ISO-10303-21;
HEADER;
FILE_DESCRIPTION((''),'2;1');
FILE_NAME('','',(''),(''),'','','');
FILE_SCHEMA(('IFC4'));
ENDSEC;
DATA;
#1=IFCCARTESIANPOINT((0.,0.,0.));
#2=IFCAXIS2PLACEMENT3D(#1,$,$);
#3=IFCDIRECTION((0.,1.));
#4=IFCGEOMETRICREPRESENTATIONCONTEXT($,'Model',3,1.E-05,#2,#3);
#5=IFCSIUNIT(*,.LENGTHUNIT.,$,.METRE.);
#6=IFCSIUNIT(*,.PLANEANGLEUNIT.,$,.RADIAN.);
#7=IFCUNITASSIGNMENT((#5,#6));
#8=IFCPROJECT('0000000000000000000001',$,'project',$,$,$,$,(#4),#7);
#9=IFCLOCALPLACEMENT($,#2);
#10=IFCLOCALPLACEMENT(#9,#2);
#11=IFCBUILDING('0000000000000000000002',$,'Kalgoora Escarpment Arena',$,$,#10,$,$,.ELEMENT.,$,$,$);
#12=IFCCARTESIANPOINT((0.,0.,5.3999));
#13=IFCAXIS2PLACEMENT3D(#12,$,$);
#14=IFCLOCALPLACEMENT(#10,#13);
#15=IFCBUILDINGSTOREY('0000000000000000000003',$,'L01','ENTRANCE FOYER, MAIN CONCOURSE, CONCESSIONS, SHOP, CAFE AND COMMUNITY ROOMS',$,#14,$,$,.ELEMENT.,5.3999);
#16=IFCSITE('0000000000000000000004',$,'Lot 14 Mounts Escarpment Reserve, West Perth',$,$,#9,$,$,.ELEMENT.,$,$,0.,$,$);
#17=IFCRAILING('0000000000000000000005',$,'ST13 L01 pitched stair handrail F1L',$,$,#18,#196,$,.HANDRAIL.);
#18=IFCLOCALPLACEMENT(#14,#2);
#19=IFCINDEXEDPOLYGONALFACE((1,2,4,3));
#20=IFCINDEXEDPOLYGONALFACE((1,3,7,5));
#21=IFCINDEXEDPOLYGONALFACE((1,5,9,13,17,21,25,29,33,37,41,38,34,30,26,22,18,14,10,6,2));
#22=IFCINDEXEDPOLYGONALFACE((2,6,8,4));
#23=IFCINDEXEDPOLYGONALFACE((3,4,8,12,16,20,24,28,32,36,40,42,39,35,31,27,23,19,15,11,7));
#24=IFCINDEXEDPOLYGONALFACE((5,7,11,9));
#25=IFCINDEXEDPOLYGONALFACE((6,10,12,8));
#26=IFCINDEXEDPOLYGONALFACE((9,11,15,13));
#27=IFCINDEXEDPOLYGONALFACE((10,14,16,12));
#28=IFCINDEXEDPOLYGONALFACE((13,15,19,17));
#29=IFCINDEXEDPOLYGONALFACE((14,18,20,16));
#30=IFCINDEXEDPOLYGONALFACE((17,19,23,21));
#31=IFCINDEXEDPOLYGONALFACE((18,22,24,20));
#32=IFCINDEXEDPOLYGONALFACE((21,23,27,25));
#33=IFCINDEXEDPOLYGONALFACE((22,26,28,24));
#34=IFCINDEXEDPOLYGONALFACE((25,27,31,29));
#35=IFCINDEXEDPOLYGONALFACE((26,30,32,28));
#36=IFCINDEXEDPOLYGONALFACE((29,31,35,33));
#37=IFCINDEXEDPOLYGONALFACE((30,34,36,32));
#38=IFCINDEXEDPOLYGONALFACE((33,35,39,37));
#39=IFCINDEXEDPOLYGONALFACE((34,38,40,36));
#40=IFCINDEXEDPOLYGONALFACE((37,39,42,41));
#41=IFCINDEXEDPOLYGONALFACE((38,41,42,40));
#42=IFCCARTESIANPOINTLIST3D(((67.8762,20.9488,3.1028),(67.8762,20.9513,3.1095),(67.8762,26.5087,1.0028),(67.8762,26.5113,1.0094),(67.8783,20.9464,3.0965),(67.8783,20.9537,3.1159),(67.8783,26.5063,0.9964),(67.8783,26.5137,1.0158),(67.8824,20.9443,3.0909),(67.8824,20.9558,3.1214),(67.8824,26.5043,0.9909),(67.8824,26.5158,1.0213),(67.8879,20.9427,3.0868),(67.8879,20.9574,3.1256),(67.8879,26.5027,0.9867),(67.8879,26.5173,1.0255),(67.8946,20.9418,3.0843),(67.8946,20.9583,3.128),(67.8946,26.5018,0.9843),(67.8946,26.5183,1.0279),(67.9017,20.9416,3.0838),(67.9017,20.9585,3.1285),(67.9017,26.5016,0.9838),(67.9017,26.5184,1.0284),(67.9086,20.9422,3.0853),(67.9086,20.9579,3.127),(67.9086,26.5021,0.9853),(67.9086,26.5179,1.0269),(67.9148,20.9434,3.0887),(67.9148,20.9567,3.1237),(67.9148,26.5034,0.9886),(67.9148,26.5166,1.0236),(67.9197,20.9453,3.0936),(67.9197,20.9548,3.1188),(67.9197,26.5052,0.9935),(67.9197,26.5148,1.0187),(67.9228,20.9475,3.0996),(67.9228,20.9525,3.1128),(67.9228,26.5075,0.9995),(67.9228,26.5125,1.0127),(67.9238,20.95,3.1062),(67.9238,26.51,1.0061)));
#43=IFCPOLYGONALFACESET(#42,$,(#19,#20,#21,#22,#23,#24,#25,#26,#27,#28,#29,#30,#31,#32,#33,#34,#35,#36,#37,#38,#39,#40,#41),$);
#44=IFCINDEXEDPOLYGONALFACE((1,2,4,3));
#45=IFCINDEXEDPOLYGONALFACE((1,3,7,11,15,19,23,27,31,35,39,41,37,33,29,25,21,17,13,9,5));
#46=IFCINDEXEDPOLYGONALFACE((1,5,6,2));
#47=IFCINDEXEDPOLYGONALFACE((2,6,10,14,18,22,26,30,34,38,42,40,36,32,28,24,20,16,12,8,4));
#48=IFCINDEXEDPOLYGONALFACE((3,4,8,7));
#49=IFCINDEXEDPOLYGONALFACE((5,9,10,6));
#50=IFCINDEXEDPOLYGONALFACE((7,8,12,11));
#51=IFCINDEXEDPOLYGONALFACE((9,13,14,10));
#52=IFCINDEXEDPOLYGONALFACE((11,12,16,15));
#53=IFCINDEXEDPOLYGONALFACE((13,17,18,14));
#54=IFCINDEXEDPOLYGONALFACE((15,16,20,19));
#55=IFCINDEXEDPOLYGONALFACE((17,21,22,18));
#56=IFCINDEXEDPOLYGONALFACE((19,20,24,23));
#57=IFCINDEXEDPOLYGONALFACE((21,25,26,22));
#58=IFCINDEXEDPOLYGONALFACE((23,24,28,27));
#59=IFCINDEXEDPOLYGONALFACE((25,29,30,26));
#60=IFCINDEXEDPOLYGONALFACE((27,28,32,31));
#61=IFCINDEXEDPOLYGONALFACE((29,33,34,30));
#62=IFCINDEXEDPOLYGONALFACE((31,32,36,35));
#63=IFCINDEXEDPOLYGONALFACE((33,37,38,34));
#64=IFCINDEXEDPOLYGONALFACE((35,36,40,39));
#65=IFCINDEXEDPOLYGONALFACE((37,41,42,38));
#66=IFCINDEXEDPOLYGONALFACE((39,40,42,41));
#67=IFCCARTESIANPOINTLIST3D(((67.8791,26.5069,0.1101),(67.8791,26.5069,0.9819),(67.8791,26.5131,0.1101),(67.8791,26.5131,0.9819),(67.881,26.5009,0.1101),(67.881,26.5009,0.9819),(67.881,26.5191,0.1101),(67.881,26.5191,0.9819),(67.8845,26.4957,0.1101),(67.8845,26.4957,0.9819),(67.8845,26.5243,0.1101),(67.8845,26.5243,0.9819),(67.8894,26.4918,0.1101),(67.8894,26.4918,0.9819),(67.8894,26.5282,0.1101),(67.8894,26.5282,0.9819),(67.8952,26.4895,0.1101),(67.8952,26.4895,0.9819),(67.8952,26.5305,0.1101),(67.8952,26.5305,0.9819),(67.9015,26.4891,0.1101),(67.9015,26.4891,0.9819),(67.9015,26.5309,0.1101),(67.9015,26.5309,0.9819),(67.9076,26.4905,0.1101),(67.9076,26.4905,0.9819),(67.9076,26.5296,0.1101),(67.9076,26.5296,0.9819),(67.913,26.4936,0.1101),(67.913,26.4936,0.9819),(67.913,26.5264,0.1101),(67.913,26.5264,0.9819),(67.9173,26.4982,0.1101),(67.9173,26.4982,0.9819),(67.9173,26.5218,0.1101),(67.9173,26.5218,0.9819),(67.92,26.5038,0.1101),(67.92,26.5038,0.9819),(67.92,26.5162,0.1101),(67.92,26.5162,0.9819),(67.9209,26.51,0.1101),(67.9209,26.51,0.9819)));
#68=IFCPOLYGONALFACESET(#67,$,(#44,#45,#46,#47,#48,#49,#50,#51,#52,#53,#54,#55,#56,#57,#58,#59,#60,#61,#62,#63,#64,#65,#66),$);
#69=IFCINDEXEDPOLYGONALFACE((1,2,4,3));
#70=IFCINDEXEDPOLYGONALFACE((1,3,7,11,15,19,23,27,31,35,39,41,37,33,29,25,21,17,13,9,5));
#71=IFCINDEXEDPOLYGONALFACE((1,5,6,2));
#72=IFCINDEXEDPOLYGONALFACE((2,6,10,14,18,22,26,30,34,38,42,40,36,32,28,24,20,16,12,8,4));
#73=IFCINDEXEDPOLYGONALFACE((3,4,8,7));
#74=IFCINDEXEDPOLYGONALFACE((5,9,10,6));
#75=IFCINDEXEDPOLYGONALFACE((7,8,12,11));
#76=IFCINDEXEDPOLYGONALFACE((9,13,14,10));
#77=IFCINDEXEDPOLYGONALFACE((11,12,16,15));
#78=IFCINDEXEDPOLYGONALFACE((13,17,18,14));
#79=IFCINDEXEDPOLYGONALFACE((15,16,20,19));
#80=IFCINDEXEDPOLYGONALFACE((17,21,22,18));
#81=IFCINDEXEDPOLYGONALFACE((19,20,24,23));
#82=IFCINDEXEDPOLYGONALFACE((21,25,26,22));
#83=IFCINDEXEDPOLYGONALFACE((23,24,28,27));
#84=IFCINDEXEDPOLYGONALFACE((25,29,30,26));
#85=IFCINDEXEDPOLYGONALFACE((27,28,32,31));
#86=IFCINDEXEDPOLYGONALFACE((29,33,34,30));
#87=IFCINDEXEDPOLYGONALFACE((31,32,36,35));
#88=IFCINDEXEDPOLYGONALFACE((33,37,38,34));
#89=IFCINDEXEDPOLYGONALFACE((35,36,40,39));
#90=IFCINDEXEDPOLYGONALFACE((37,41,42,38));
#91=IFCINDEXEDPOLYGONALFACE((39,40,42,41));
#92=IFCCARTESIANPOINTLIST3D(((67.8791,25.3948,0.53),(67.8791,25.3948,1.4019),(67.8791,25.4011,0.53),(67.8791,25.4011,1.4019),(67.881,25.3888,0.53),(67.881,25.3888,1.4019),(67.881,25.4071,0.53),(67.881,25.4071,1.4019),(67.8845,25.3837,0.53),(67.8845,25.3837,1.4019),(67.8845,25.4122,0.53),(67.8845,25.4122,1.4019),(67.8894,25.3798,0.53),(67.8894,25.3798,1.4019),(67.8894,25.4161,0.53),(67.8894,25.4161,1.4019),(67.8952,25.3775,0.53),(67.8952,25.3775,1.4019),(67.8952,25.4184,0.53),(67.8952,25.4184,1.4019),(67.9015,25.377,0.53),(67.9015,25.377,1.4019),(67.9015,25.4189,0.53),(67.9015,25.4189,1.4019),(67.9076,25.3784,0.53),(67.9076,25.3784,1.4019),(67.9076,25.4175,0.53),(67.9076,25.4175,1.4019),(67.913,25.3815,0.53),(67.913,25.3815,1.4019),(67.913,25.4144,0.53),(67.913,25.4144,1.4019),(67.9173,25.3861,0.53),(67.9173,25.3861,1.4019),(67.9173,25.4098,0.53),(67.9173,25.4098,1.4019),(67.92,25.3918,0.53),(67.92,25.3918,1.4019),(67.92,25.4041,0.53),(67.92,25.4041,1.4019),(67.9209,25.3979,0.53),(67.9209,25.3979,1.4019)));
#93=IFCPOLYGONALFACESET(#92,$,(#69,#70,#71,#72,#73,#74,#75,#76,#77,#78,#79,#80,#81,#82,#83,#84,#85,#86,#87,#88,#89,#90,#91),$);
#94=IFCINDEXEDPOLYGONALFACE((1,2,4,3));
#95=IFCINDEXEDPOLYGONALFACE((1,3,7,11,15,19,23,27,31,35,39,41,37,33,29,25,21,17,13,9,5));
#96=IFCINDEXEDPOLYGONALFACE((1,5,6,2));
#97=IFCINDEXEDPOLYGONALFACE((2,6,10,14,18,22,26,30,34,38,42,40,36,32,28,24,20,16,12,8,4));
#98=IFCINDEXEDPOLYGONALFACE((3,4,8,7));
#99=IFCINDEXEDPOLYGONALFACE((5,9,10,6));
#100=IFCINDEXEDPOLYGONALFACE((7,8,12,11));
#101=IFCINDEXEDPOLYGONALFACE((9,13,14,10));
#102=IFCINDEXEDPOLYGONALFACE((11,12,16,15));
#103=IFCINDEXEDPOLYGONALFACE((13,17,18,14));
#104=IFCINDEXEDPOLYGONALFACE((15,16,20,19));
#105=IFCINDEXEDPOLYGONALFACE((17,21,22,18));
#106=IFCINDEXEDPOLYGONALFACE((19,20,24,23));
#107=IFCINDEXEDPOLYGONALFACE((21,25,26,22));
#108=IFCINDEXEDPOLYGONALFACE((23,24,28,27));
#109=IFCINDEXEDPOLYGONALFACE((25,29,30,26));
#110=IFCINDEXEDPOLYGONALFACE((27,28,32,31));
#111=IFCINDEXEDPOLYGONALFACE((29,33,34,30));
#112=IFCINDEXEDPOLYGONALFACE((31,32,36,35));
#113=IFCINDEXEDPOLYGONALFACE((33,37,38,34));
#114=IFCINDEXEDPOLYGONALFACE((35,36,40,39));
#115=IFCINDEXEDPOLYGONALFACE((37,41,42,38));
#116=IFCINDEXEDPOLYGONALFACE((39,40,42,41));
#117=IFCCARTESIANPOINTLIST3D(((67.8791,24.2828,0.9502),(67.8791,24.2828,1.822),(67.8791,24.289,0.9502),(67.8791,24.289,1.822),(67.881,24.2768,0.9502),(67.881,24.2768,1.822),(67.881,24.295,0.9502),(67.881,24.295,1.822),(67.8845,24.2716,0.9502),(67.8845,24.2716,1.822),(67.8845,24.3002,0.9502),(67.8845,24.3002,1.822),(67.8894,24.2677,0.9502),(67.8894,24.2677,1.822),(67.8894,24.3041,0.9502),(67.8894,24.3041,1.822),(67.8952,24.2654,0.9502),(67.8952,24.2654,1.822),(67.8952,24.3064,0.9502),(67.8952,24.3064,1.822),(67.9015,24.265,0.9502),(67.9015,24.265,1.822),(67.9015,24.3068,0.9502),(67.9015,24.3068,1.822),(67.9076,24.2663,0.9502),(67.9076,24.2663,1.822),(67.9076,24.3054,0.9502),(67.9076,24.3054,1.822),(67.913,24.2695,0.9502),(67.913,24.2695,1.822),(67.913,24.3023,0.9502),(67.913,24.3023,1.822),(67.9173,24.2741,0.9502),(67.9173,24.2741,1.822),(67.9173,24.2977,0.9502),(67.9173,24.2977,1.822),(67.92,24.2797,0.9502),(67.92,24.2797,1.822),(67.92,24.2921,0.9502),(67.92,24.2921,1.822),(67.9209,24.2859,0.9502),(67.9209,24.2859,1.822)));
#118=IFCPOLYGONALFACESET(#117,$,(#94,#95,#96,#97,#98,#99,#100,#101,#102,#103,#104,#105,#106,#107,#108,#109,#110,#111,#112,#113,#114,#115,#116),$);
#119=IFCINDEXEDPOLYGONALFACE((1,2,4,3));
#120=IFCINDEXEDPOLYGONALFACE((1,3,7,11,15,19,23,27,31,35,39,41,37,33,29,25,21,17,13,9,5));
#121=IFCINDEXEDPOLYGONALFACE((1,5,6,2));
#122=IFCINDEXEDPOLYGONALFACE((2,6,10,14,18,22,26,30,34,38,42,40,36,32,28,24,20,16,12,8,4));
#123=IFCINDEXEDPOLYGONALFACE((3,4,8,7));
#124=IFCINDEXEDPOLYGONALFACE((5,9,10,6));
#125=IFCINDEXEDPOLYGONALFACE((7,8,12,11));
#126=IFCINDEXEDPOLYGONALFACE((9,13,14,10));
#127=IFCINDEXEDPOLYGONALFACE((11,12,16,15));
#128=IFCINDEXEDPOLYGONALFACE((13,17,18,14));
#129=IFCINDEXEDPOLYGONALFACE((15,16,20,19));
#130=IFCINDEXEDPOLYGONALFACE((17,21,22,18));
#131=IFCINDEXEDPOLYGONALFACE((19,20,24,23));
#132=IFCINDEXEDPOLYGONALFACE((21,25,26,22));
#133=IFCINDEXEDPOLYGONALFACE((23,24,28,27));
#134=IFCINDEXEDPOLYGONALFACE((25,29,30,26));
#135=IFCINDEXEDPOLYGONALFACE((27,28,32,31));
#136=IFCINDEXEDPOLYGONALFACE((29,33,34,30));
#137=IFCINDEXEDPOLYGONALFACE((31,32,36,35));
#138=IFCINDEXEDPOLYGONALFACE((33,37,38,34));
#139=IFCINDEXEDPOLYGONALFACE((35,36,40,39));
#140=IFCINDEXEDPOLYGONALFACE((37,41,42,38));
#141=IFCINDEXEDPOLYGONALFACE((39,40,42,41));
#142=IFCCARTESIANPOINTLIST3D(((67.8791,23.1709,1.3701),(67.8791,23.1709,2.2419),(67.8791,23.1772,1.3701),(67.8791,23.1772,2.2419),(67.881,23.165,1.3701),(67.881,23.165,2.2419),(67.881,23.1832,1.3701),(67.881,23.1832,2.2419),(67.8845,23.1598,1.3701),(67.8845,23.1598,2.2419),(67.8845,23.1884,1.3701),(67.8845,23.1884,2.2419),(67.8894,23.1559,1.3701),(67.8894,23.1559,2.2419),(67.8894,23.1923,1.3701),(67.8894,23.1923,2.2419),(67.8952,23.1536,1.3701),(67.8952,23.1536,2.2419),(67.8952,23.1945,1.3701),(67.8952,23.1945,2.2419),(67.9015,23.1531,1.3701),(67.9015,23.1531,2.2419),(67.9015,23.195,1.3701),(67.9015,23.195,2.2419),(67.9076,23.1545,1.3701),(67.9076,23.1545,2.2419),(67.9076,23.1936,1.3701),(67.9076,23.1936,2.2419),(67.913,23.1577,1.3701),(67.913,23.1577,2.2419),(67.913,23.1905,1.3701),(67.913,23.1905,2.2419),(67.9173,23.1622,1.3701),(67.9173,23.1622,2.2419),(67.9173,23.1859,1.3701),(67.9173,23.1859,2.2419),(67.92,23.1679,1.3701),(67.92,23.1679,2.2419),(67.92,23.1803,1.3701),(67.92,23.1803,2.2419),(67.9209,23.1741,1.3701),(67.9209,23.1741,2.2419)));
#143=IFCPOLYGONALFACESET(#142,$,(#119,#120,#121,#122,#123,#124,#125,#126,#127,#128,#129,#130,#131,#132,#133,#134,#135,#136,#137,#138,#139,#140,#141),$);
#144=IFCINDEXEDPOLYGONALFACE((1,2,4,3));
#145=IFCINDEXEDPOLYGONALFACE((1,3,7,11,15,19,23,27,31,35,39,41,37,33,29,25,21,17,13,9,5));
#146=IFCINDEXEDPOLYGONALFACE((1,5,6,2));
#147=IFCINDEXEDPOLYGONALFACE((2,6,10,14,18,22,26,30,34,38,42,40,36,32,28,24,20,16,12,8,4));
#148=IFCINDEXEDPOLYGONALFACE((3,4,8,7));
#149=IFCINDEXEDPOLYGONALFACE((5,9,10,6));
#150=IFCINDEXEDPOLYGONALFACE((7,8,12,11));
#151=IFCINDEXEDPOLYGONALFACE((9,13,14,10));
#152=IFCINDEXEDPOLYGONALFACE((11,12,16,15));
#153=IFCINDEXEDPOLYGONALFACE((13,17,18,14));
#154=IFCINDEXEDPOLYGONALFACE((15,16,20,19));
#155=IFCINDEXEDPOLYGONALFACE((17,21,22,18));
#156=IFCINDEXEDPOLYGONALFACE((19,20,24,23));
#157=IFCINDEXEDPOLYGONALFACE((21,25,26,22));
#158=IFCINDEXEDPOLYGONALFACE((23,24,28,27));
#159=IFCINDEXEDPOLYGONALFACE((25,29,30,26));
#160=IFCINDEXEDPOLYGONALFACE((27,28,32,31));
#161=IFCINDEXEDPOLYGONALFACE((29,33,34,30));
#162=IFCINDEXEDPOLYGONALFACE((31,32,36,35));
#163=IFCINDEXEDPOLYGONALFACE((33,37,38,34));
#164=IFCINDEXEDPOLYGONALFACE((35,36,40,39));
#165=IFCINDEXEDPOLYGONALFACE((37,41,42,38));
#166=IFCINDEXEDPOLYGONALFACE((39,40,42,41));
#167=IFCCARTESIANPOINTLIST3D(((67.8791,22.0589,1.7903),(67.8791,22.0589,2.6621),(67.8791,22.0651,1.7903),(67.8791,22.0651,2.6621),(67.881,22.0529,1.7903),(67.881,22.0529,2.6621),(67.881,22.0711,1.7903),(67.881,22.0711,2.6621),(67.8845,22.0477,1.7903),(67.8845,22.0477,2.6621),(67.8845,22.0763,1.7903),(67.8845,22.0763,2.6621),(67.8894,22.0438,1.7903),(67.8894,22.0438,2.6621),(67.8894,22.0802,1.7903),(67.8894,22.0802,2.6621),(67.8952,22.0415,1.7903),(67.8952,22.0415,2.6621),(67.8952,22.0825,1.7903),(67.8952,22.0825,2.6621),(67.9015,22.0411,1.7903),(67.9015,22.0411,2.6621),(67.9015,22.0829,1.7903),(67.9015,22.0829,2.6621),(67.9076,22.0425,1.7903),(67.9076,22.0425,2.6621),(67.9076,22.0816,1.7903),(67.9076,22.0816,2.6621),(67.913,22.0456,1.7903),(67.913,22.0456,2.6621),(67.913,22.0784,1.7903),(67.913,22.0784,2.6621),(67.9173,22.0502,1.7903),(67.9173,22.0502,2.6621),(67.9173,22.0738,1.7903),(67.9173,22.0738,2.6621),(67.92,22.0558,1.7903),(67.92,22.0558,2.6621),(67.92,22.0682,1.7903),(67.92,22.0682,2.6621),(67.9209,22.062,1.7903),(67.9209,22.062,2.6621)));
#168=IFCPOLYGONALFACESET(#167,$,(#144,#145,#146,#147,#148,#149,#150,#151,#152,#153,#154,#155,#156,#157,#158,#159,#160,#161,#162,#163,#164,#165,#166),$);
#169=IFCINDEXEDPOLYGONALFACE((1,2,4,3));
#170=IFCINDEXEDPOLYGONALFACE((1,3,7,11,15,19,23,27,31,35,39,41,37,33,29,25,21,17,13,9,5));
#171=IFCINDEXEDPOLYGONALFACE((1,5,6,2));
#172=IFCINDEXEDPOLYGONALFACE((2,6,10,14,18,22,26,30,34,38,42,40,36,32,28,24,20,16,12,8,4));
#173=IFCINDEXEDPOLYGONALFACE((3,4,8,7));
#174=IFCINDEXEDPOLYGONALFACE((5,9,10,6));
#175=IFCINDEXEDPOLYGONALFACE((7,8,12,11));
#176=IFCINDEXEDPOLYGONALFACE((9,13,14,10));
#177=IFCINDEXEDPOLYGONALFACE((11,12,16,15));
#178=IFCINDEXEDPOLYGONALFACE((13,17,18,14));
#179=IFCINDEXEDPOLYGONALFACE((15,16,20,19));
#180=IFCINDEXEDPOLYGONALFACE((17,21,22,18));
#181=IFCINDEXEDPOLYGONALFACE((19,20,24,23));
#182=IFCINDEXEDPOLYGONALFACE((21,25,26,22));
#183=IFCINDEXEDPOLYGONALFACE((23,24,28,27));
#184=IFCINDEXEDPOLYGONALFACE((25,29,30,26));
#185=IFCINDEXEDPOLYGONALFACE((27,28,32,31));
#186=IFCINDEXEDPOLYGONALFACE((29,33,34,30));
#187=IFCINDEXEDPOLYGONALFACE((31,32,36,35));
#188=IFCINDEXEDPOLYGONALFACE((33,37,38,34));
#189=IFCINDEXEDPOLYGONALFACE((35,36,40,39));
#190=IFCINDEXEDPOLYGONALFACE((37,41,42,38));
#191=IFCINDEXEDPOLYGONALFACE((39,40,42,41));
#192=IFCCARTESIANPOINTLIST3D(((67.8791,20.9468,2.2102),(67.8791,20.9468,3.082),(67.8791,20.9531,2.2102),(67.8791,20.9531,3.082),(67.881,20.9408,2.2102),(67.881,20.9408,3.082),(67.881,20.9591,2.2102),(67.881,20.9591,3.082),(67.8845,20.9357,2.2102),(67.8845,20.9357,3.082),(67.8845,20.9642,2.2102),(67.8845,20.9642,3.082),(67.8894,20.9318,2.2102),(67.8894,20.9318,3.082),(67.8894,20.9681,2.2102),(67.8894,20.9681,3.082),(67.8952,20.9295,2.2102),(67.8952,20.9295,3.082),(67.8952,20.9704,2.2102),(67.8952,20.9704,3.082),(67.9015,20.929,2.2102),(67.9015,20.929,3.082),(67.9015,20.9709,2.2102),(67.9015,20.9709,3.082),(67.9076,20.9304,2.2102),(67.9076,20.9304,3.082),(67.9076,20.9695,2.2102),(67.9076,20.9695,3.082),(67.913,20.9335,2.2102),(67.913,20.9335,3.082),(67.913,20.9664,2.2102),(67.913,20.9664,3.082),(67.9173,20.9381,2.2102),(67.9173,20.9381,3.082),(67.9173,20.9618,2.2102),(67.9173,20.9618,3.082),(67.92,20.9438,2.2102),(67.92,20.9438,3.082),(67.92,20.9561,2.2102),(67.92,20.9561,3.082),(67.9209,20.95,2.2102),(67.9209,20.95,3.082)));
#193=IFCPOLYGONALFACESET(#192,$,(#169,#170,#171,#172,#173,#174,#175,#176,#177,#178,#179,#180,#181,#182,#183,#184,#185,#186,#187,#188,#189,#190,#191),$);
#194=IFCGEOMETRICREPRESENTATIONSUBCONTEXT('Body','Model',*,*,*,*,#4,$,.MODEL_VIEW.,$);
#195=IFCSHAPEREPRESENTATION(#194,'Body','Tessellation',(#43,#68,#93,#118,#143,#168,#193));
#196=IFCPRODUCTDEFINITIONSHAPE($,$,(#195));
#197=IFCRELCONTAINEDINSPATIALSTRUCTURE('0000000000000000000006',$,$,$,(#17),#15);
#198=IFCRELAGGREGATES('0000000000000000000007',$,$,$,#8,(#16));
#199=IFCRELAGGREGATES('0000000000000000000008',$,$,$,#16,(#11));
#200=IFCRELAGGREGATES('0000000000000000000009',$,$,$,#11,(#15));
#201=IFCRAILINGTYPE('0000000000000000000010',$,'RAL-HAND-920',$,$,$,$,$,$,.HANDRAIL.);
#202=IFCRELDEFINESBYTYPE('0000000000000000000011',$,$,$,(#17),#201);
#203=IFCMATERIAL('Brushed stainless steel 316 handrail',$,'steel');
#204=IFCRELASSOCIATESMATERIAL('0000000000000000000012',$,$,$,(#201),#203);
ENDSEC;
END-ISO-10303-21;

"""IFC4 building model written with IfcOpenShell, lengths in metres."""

from ifc_helpers import new_model, si_unit, direction, frame, origin, origin_2d, place, context, subcontext, project, spatial, circle, extrude, material, type_object, element, save


model = new_model("IFC4")

# Units and contexts
model_context = context("Model", 3, precision=1e-05, world=origin(), true_north=direction((0.0, 1.0)))
body_context = subcontext(model_context, "Body", "Model", "MODEL_VIEW")
ifc_project = project(units=[si_unit("LENGTHUNIT", "METRE"), si_unit("PLANEANGLEUNIT", "RADIAN")], contexts=[model_context])

# Site, building, storey
site_placement = place(None, origin())
site = spatial("IfcSite", under=ifc_project, at=site_placement, Name="Lot 14 Mounts Escarpment Reserve, West Perth", CompositionType="ELEMENT", RefElevation=0.0)
building_placement = place(site_placement, origin())
building = spatial("IfcBuilding", under=site, at=building_placement, Name="Kalgoora Escarpment Arena", CompositionType="ELEMENT")
storey_placement = place(building_placement, frame((0.0, 0.0, 5.3999)))
storey = spatial("IfcBuildingStorey", under=building, at=storey_placement, Name="L01", Description="ENTRANCE FOYER, MAIN CONCOURSE, CONCESSIONS, SHOP, CAFE AND COMMUNITY ROOMS", CompositionType="ELEMENT", Elevation=5.3999)

# Railing
ifc_material_1 = material(Name="Brushed stainless steel 316 handrail", Category="steel")
railing_type_1 = type_object("IfcRailingType", Name="RAL-HAND-920", PredefinedType="HANDRAIL", material=ifc_material_1)
for number, where, name in (
    (1, (67.8999, 26.51, 0.1101), "ST13 L01 pitched stair handrail F1L"),
):
    element("IfcRailing", number, at=place(storey_placement, frame(where)), inside=storey, type_object=railing_type_1, Name=name, PredefinedType="HANDRAIL", context=body_context, shape_type="SweptSolid", body=[
        extrude(circle(Radius=0.0239, at=origin_2d()), frame((0.0, 0.0, 0.896), z_axis=(0.0, -0.935493, 0.353346), x_axis=(1.0, 0.0, 0.0)), (0.0, 0.0, 1.0), 5.9434),
        extrude(circle(Radius=0.021, at=origin_2d()), origin(), (0.0, 0.0, 1.0), 0.8718),
        extrude(circle(Radius=0.021, at=origin_2d()), frame((0.0, -1.1121, 0.4199)), (0.0, 0.0, 1.0), 0.8718),
        extrude(circle(Radius=0.021, at=origin_2d()), frame((0.0, -2.2241, 0.8401)), (0.0, 0.0, 1.0), 0.8718),
        extrude(circle(Radius=0.021, at=origin_2d()), frame((0.0, -3.3359, 1.26)), (0.0, 0.0, 1.0), 0.8718),
        extrude(circle(Radius=0.021, at=origin_2d()), frame((0.0, -4.448, 1.6802)), (0.0, 0.0, 1.0), 0.8718),
        extrude(circle(Radius=0.021, at=origin_2d()), frame((0.0, -5.5601, 2.1001)), (0.0, 0.0, 1.0), 0.8718),
    ])

save(model, "model.ifc")
